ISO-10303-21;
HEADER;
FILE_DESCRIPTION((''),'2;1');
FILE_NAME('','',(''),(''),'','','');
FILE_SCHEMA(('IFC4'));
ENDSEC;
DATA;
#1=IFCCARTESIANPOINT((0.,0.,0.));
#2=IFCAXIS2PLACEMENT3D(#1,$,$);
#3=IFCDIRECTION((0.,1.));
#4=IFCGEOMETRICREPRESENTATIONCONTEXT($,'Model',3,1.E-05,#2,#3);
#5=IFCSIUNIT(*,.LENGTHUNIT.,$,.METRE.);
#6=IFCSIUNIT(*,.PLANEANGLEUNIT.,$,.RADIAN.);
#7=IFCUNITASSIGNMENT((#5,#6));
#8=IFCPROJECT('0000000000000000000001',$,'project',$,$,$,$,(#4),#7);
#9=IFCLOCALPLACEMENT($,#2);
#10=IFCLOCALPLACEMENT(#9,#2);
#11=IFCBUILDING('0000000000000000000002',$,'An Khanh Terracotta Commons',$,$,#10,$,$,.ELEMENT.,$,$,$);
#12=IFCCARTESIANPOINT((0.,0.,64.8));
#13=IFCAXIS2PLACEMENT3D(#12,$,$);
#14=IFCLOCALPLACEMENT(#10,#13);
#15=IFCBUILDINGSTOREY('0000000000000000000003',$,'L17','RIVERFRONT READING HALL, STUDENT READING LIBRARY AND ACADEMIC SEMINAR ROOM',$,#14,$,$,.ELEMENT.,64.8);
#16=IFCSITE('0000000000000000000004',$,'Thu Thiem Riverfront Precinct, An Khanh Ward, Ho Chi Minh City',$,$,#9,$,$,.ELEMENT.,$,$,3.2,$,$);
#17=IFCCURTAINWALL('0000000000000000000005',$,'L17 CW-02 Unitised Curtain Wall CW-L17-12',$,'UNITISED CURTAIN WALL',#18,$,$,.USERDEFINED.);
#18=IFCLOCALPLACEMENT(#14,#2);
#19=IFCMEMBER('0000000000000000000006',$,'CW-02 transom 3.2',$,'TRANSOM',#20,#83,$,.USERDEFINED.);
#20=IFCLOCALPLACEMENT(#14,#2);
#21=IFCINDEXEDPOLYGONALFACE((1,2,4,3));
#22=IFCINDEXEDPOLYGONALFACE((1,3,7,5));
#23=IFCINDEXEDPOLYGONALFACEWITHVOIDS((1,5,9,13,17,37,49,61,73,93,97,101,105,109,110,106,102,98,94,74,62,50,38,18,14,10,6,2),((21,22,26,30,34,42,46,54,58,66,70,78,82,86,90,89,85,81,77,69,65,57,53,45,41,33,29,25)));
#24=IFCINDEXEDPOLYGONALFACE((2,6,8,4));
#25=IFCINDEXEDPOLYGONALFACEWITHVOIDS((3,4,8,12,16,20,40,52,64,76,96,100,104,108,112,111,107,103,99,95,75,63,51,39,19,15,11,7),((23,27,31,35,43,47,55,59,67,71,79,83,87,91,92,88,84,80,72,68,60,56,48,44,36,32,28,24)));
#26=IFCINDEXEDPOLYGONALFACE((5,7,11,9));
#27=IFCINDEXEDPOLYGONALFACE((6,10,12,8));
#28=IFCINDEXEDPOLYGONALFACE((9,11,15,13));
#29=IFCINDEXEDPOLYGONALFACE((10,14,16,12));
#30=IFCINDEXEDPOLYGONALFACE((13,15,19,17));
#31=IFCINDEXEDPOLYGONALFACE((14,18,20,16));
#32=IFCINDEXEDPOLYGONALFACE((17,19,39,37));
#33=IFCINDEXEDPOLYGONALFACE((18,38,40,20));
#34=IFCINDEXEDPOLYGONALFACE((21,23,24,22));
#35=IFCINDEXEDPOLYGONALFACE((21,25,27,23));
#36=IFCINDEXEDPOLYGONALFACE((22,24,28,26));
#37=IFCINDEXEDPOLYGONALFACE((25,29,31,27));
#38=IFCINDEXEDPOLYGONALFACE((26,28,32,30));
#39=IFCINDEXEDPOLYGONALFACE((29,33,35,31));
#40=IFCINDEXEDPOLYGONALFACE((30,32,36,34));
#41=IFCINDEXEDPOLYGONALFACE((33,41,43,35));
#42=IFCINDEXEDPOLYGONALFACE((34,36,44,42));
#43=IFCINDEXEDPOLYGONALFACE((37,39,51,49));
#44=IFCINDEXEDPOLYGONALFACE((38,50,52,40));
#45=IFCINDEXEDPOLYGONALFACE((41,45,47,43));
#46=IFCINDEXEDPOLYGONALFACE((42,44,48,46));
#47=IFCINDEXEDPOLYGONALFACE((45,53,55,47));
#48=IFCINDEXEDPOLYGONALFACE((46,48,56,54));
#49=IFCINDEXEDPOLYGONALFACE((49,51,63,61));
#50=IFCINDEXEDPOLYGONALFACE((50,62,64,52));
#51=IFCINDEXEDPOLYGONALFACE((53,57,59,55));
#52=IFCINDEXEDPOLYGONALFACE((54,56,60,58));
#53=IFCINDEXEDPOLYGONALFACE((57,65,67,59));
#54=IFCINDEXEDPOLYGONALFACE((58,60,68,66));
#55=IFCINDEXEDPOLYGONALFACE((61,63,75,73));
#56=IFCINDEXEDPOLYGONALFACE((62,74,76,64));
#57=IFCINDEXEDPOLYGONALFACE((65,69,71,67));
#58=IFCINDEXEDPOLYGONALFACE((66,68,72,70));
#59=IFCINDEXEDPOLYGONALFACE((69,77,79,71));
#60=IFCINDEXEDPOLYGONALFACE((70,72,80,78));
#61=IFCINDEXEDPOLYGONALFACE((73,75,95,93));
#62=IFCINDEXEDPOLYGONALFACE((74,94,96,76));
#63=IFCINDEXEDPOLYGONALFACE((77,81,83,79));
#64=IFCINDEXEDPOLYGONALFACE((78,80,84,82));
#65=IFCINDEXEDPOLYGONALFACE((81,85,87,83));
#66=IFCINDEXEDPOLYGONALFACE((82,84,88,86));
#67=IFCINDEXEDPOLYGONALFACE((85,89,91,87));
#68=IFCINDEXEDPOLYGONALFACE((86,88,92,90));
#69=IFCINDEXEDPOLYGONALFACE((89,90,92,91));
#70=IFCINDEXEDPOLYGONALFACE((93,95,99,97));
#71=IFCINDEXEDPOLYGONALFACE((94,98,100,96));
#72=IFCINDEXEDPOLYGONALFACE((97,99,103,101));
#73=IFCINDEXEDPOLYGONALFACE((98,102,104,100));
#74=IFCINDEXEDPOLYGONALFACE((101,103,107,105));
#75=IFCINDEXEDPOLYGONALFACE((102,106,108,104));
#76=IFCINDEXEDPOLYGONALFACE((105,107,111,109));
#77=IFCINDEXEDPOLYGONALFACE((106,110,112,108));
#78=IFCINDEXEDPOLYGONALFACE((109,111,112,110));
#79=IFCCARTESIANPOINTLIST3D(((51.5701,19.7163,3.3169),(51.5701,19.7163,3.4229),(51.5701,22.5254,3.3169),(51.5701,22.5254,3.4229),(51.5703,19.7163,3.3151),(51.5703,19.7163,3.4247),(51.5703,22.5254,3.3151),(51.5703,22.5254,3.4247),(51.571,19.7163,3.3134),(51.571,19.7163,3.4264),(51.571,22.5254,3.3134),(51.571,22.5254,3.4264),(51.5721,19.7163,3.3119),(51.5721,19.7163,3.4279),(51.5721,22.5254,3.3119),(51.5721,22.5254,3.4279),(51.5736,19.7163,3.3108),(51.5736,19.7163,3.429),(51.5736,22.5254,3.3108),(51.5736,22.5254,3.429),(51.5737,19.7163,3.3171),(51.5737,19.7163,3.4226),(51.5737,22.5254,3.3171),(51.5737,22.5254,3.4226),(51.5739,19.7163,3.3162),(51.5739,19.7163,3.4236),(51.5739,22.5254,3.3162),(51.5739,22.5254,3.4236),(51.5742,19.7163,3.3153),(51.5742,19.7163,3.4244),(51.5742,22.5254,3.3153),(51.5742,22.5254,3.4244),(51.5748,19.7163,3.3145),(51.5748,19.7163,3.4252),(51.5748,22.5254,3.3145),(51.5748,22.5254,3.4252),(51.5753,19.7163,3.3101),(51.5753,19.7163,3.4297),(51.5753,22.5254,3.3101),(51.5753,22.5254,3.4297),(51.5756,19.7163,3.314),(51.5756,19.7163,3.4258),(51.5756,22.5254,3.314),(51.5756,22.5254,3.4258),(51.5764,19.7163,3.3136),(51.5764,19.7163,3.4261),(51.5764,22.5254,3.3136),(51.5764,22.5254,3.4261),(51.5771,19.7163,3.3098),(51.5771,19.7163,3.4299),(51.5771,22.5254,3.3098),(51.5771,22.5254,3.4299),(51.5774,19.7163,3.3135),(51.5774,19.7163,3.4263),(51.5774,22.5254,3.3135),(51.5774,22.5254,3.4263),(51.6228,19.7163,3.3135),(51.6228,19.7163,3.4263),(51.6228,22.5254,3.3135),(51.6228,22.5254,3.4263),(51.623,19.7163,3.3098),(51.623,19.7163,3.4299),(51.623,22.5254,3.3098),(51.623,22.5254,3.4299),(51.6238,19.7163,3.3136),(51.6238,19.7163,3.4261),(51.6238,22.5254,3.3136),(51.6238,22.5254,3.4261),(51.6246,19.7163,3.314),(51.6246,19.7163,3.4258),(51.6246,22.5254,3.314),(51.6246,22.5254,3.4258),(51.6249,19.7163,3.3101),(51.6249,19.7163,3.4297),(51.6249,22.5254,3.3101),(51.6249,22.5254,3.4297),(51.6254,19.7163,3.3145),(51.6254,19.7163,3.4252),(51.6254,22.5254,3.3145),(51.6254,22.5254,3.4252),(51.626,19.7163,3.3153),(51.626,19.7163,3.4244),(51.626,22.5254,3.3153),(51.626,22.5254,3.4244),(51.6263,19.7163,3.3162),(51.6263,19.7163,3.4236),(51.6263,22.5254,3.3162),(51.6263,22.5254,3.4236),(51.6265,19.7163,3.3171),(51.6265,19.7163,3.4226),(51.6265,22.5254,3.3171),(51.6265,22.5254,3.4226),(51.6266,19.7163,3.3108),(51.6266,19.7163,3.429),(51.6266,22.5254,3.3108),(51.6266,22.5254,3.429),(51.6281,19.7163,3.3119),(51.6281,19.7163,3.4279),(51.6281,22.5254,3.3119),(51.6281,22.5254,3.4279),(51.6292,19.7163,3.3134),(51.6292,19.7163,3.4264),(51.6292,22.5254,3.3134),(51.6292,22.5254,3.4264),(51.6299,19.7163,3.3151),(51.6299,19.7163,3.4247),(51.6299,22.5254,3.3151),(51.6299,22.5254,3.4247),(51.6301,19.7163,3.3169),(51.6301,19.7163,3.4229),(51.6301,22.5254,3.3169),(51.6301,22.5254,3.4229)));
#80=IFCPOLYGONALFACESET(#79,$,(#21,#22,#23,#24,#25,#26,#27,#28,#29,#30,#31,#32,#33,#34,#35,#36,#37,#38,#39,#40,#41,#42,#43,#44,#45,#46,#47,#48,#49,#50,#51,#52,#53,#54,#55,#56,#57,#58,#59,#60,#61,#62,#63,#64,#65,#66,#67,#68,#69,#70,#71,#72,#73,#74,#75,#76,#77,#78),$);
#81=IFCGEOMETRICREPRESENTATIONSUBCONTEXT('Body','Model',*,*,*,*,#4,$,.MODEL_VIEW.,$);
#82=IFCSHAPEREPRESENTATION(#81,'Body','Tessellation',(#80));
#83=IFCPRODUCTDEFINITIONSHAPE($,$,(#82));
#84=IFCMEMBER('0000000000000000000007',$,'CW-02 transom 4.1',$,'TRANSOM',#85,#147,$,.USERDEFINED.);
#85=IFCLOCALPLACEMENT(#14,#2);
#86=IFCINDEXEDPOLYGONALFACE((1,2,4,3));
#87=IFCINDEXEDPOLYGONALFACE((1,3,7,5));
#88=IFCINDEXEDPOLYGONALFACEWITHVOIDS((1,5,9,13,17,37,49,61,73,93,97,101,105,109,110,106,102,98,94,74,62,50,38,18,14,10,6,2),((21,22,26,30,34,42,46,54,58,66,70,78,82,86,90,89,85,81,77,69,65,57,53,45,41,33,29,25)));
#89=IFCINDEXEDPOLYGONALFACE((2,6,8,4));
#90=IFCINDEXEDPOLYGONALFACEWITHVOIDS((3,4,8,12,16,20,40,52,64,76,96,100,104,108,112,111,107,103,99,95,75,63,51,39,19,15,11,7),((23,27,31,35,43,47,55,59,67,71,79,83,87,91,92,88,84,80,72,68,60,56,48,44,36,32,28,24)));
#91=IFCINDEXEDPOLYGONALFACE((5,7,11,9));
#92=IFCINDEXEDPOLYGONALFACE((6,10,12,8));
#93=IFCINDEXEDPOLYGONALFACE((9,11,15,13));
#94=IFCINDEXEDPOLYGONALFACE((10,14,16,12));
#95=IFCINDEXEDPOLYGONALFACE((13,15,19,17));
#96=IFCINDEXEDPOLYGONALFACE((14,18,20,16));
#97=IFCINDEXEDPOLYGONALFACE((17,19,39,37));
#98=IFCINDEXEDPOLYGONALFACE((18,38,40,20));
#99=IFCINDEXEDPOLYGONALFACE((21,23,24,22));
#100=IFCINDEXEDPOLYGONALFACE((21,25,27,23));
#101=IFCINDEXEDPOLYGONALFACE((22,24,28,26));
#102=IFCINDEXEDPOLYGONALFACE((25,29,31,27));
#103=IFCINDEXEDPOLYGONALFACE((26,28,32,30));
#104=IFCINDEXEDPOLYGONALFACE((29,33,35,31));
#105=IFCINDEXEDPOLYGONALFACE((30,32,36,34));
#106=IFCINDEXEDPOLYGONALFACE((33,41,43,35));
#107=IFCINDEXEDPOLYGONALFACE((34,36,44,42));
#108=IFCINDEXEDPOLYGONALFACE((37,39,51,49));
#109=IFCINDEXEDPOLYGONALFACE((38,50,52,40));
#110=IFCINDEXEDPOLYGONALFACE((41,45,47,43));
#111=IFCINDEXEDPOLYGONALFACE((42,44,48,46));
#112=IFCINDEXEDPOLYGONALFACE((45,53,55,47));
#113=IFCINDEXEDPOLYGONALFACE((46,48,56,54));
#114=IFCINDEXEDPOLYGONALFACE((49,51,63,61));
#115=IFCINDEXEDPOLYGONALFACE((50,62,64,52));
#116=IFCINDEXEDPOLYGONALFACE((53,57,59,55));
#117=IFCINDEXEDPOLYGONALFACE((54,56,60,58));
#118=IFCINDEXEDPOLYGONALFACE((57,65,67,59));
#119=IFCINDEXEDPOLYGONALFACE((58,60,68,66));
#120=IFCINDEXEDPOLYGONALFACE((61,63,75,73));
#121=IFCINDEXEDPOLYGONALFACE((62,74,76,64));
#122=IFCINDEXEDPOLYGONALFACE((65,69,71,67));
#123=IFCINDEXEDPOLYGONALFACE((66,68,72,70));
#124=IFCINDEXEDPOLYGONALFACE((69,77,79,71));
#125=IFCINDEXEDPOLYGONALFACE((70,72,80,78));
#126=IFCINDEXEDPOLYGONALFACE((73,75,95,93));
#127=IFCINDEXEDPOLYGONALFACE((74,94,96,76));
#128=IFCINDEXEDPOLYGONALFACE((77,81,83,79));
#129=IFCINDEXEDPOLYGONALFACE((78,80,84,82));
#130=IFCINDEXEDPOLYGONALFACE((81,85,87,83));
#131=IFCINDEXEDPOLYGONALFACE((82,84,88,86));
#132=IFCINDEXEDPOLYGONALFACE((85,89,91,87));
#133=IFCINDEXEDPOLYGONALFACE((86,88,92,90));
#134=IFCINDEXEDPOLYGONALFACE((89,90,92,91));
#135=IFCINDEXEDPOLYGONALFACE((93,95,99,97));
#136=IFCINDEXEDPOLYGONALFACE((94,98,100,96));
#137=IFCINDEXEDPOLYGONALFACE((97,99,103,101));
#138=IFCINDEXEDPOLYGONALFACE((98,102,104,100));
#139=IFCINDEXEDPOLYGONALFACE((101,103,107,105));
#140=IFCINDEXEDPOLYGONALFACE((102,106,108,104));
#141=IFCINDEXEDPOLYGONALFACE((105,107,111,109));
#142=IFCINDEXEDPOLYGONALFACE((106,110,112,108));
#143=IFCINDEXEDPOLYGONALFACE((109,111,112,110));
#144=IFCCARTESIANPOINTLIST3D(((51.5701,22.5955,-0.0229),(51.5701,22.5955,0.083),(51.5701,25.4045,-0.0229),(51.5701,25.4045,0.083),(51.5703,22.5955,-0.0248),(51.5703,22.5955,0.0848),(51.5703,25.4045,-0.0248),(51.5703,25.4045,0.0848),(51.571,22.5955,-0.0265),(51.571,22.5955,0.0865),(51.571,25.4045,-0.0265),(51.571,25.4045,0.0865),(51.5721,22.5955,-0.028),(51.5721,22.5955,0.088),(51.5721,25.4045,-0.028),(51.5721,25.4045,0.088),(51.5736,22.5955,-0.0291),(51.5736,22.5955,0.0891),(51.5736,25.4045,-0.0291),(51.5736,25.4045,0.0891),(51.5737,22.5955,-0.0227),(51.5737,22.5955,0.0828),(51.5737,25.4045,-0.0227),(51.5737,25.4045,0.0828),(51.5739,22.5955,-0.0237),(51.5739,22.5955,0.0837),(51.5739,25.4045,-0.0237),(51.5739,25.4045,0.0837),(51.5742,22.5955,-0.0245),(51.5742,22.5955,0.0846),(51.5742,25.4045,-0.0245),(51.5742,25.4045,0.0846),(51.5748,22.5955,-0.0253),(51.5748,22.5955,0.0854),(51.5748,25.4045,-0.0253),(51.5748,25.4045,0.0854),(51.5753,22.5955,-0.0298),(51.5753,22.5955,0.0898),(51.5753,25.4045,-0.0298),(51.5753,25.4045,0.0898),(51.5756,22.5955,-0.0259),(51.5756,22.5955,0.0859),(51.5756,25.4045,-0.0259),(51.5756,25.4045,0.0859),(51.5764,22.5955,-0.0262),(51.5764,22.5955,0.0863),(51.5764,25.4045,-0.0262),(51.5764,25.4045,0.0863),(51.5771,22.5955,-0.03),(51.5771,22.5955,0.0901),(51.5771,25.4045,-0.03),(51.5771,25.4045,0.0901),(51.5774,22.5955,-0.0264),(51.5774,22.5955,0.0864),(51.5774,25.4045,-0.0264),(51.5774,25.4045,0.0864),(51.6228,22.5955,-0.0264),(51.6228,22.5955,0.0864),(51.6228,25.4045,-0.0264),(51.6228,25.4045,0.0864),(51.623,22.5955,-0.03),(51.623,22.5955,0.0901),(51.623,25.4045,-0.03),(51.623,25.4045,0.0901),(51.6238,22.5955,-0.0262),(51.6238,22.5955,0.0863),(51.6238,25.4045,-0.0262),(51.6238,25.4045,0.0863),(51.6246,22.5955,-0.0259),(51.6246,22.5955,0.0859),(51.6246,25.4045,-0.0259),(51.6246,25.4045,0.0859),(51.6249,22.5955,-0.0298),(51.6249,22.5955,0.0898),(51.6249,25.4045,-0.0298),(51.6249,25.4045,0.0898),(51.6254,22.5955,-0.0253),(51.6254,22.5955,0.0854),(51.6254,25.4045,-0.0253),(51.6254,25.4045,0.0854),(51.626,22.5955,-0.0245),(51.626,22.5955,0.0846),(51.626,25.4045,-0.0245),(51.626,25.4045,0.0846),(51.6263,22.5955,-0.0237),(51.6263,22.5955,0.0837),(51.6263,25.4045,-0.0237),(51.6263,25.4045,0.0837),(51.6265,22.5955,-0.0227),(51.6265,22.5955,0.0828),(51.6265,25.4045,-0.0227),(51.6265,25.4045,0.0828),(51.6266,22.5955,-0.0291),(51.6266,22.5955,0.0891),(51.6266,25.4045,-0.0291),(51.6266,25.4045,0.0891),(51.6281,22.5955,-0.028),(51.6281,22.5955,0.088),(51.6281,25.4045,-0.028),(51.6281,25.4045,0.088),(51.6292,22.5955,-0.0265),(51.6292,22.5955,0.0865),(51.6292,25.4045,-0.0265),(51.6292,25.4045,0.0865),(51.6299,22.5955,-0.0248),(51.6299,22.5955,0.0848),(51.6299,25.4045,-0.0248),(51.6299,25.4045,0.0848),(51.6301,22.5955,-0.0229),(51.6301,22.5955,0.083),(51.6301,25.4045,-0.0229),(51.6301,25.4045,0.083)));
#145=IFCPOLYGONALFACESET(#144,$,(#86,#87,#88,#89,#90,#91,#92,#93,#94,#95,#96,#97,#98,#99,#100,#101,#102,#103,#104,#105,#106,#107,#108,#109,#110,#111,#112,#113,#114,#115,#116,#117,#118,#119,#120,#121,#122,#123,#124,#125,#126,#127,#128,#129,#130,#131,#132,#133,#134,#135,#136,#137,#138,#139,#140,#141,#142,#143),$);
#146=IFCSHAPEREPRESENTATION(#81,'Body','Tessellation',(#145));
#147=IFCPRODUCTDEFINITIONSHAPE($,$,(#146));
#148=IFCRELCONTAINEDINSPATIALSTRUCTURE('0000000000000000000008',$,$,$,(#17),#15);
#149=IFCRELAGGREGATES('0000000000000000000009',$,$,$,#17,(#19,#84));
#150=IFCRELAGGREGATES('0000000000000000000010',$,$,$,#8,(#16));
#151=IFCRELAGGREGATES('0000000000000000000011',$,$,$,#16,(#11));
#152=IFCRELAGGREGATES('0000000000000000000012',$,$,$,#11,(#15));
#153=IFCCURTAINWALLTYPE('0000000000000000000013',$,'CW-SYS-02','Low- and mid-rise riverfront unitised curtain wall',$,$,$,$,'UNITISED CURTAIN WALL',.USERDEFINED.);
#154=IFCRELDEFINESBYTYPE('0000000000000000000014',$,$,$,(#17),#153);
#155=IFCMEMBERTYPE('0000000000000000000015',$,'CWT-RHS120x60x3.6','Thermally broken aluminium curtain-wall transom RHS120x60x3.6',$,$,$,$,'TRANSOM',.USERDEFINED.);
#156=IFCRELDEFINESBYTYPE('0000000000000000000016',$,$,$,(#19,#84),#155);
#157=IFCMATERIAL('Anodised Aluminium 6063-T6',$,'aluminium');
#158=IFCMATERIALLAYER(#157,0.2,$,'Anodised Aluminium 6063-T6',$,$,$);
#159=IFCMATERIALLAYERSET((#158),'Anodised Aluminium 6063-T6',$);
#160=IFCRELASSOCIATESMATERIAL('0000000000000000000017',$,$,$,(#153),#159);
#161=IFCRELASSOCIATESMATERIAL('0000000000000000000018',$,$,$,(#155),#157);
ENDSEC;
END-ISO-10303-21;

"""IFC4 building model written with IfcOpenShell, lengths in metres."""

from ifc_helpers import new_model, si_unit, direction, frame, origin, origin_2d, place, context, subcontext, project, spatial, hollow_rectangle, extrude, material, layer, layer_set, material_profile, profile_set, type_object, element, aggregate, save


model = new_model("IFC4")

# Units and contexts
model_context = context("Model", 3, precision=1e-05, world=origin(), true_north=direction((0.0, 1.0)))
body_context = subcontext(model_context, "Body", "Model", "MODEL_VIEW")
ifc_project = project(units=[si_unit("LENGTHUNIT", "METRE"), si_unit("PLANEANGLEUNIT", "RADIAN")], contexts=[model_context])

# Site, building, storey
site_placement = place(None, origin())
site = spatial("IfcSite", under=ifc_project, at=site_placement, Name="Thu Thiem Riverfront Precinct, An Khanh Ward, Ho Chi Minh City", CompositionType="ELEMENT", RefElevation=3.2)
building_placement = place(site_placement, origin())
building = spatial("IfcBuilding", under=site, at=building_placement, Name="An Khanh Terracotta Commons", CompositionType="ELEMENT")
storey_placement = place(building_placement, frame((0.0, 0.0, 64.8)))
storey = spatial("IfcBuildingStorey", under=building, at=storey_placement, Name="L17", Description="RIVERFRONT READING HALL, STUDENT READING LIBRARY AND ACADEMIC SEMINAR ROOM", CompositionType="ELEMENT", Elevation=64.8)

# Curtain wall, members
ifc_material_1 = material(Name="Anodised Aluminium 6063-T6", Category="aluminium")
ifc_layer_1 = layer(ifc_material_1, 0.2, Name="Anodised Aluminium 6063-T6")
ifc_layer_set_1 = layer_set([ifc_layer_1], Name="Anodised Aluminium 6063-T6")
curtain_wall_type = type_object("IfcCurtainWallType", Name="CW-SYS-02", Description="Low- and mid-rise riverfront unitised curtain wall", ElementType="UNITISED CURTAIN WALL", PredefinedType="USERDEFINED", material=ifc_layer_set_1)
curtain_wall_placement = place(storey_placement, origin())
curtain_wall = element("IfcCurtainWall", 1, at=curtain_wall_placement, inside=storey, type_object=curtain_wall_type, Name="L17 CW-02 Unitised Curtain Wall CW-L17-12", ObjectType="UNITISED CURTAIN WALL", PredefinedType="USERDEFINED")
ifc_material_profile_1 = material_profile(ifc_material_1, hollow_rectangle(XDim=0.0601, YDim=0.1201, WallThickness=0.0037, InnerFilletRadius=0.0037, OuterFilletRadius=0.0071, at=origin_2d()), Name="RHS120x60x3.6")
ifc_profile_set_1 = profile_set([ifc_material_profile_1], Name="Anodised Aluminium 6063-T6")
member_type_1 = type_object("IfcMemberType", Name="CWT-RHS120x60x3.6", Description="Thermally broken aluminium curtain-wall transom RHS120x60x3.6", ElementType="TRANSOM", PredefinedType="USERDEFINED", material=ifc_profile_set_1)
member_1_placement = place(storey_placement, frame((51.6001, 19.7163, 3.3699), z_axis=(0.0, 1.0, 0.0), x_axis=(-1.0, 0.0, 0.0)))
member_1 = element("IfcMember", 2, at=member_1_placement, type_object=member_type_1, Name="CW-02 transom 3.2", ObjectType="TRANSOM", PredefinedType="USERDEFINED", context=body_context, shape_type="SweptSolid", body=[
    extrude(hollow_rectangle(XDim=0.0601, YDim=0.1201, WallThickness=0.0037, InnerFilletRadius=0.0037, OuterFilletRadius=0.0071, at=origin_2d()), origin(), (0.0, 0.0, 1.0), 2.8091),
])
member_2_placement = place(storey_placement, frame((51.6001, 22.5955, 0.03), z_axis=(0.0, 1.0, 0.0), x_axis=(-1.0, 0.0, 0.0)))
member_2 = element("IfcMember", 3, at=member_2_placement, type_object=member_type_1, Name="CW-02 transom 4.1", ObjectType="TRANSOM", PredefinedType="USERDEFINED", context=body_context, shape_type="SweptSolid", body=[
    extrude(hollow_rectangle(XDim=0.0601, YDim=0.1201, WallThickness=0.0037, InnerFilletRadius=0.0037, OuterFilletRadius=0.0071, at=origin_2d()), origin(), (0.0, 0.0, 1.0), 2.8091),
])
aggregate(curtain_wall, [member_1, member_2])

save(model, "model.ifc")
